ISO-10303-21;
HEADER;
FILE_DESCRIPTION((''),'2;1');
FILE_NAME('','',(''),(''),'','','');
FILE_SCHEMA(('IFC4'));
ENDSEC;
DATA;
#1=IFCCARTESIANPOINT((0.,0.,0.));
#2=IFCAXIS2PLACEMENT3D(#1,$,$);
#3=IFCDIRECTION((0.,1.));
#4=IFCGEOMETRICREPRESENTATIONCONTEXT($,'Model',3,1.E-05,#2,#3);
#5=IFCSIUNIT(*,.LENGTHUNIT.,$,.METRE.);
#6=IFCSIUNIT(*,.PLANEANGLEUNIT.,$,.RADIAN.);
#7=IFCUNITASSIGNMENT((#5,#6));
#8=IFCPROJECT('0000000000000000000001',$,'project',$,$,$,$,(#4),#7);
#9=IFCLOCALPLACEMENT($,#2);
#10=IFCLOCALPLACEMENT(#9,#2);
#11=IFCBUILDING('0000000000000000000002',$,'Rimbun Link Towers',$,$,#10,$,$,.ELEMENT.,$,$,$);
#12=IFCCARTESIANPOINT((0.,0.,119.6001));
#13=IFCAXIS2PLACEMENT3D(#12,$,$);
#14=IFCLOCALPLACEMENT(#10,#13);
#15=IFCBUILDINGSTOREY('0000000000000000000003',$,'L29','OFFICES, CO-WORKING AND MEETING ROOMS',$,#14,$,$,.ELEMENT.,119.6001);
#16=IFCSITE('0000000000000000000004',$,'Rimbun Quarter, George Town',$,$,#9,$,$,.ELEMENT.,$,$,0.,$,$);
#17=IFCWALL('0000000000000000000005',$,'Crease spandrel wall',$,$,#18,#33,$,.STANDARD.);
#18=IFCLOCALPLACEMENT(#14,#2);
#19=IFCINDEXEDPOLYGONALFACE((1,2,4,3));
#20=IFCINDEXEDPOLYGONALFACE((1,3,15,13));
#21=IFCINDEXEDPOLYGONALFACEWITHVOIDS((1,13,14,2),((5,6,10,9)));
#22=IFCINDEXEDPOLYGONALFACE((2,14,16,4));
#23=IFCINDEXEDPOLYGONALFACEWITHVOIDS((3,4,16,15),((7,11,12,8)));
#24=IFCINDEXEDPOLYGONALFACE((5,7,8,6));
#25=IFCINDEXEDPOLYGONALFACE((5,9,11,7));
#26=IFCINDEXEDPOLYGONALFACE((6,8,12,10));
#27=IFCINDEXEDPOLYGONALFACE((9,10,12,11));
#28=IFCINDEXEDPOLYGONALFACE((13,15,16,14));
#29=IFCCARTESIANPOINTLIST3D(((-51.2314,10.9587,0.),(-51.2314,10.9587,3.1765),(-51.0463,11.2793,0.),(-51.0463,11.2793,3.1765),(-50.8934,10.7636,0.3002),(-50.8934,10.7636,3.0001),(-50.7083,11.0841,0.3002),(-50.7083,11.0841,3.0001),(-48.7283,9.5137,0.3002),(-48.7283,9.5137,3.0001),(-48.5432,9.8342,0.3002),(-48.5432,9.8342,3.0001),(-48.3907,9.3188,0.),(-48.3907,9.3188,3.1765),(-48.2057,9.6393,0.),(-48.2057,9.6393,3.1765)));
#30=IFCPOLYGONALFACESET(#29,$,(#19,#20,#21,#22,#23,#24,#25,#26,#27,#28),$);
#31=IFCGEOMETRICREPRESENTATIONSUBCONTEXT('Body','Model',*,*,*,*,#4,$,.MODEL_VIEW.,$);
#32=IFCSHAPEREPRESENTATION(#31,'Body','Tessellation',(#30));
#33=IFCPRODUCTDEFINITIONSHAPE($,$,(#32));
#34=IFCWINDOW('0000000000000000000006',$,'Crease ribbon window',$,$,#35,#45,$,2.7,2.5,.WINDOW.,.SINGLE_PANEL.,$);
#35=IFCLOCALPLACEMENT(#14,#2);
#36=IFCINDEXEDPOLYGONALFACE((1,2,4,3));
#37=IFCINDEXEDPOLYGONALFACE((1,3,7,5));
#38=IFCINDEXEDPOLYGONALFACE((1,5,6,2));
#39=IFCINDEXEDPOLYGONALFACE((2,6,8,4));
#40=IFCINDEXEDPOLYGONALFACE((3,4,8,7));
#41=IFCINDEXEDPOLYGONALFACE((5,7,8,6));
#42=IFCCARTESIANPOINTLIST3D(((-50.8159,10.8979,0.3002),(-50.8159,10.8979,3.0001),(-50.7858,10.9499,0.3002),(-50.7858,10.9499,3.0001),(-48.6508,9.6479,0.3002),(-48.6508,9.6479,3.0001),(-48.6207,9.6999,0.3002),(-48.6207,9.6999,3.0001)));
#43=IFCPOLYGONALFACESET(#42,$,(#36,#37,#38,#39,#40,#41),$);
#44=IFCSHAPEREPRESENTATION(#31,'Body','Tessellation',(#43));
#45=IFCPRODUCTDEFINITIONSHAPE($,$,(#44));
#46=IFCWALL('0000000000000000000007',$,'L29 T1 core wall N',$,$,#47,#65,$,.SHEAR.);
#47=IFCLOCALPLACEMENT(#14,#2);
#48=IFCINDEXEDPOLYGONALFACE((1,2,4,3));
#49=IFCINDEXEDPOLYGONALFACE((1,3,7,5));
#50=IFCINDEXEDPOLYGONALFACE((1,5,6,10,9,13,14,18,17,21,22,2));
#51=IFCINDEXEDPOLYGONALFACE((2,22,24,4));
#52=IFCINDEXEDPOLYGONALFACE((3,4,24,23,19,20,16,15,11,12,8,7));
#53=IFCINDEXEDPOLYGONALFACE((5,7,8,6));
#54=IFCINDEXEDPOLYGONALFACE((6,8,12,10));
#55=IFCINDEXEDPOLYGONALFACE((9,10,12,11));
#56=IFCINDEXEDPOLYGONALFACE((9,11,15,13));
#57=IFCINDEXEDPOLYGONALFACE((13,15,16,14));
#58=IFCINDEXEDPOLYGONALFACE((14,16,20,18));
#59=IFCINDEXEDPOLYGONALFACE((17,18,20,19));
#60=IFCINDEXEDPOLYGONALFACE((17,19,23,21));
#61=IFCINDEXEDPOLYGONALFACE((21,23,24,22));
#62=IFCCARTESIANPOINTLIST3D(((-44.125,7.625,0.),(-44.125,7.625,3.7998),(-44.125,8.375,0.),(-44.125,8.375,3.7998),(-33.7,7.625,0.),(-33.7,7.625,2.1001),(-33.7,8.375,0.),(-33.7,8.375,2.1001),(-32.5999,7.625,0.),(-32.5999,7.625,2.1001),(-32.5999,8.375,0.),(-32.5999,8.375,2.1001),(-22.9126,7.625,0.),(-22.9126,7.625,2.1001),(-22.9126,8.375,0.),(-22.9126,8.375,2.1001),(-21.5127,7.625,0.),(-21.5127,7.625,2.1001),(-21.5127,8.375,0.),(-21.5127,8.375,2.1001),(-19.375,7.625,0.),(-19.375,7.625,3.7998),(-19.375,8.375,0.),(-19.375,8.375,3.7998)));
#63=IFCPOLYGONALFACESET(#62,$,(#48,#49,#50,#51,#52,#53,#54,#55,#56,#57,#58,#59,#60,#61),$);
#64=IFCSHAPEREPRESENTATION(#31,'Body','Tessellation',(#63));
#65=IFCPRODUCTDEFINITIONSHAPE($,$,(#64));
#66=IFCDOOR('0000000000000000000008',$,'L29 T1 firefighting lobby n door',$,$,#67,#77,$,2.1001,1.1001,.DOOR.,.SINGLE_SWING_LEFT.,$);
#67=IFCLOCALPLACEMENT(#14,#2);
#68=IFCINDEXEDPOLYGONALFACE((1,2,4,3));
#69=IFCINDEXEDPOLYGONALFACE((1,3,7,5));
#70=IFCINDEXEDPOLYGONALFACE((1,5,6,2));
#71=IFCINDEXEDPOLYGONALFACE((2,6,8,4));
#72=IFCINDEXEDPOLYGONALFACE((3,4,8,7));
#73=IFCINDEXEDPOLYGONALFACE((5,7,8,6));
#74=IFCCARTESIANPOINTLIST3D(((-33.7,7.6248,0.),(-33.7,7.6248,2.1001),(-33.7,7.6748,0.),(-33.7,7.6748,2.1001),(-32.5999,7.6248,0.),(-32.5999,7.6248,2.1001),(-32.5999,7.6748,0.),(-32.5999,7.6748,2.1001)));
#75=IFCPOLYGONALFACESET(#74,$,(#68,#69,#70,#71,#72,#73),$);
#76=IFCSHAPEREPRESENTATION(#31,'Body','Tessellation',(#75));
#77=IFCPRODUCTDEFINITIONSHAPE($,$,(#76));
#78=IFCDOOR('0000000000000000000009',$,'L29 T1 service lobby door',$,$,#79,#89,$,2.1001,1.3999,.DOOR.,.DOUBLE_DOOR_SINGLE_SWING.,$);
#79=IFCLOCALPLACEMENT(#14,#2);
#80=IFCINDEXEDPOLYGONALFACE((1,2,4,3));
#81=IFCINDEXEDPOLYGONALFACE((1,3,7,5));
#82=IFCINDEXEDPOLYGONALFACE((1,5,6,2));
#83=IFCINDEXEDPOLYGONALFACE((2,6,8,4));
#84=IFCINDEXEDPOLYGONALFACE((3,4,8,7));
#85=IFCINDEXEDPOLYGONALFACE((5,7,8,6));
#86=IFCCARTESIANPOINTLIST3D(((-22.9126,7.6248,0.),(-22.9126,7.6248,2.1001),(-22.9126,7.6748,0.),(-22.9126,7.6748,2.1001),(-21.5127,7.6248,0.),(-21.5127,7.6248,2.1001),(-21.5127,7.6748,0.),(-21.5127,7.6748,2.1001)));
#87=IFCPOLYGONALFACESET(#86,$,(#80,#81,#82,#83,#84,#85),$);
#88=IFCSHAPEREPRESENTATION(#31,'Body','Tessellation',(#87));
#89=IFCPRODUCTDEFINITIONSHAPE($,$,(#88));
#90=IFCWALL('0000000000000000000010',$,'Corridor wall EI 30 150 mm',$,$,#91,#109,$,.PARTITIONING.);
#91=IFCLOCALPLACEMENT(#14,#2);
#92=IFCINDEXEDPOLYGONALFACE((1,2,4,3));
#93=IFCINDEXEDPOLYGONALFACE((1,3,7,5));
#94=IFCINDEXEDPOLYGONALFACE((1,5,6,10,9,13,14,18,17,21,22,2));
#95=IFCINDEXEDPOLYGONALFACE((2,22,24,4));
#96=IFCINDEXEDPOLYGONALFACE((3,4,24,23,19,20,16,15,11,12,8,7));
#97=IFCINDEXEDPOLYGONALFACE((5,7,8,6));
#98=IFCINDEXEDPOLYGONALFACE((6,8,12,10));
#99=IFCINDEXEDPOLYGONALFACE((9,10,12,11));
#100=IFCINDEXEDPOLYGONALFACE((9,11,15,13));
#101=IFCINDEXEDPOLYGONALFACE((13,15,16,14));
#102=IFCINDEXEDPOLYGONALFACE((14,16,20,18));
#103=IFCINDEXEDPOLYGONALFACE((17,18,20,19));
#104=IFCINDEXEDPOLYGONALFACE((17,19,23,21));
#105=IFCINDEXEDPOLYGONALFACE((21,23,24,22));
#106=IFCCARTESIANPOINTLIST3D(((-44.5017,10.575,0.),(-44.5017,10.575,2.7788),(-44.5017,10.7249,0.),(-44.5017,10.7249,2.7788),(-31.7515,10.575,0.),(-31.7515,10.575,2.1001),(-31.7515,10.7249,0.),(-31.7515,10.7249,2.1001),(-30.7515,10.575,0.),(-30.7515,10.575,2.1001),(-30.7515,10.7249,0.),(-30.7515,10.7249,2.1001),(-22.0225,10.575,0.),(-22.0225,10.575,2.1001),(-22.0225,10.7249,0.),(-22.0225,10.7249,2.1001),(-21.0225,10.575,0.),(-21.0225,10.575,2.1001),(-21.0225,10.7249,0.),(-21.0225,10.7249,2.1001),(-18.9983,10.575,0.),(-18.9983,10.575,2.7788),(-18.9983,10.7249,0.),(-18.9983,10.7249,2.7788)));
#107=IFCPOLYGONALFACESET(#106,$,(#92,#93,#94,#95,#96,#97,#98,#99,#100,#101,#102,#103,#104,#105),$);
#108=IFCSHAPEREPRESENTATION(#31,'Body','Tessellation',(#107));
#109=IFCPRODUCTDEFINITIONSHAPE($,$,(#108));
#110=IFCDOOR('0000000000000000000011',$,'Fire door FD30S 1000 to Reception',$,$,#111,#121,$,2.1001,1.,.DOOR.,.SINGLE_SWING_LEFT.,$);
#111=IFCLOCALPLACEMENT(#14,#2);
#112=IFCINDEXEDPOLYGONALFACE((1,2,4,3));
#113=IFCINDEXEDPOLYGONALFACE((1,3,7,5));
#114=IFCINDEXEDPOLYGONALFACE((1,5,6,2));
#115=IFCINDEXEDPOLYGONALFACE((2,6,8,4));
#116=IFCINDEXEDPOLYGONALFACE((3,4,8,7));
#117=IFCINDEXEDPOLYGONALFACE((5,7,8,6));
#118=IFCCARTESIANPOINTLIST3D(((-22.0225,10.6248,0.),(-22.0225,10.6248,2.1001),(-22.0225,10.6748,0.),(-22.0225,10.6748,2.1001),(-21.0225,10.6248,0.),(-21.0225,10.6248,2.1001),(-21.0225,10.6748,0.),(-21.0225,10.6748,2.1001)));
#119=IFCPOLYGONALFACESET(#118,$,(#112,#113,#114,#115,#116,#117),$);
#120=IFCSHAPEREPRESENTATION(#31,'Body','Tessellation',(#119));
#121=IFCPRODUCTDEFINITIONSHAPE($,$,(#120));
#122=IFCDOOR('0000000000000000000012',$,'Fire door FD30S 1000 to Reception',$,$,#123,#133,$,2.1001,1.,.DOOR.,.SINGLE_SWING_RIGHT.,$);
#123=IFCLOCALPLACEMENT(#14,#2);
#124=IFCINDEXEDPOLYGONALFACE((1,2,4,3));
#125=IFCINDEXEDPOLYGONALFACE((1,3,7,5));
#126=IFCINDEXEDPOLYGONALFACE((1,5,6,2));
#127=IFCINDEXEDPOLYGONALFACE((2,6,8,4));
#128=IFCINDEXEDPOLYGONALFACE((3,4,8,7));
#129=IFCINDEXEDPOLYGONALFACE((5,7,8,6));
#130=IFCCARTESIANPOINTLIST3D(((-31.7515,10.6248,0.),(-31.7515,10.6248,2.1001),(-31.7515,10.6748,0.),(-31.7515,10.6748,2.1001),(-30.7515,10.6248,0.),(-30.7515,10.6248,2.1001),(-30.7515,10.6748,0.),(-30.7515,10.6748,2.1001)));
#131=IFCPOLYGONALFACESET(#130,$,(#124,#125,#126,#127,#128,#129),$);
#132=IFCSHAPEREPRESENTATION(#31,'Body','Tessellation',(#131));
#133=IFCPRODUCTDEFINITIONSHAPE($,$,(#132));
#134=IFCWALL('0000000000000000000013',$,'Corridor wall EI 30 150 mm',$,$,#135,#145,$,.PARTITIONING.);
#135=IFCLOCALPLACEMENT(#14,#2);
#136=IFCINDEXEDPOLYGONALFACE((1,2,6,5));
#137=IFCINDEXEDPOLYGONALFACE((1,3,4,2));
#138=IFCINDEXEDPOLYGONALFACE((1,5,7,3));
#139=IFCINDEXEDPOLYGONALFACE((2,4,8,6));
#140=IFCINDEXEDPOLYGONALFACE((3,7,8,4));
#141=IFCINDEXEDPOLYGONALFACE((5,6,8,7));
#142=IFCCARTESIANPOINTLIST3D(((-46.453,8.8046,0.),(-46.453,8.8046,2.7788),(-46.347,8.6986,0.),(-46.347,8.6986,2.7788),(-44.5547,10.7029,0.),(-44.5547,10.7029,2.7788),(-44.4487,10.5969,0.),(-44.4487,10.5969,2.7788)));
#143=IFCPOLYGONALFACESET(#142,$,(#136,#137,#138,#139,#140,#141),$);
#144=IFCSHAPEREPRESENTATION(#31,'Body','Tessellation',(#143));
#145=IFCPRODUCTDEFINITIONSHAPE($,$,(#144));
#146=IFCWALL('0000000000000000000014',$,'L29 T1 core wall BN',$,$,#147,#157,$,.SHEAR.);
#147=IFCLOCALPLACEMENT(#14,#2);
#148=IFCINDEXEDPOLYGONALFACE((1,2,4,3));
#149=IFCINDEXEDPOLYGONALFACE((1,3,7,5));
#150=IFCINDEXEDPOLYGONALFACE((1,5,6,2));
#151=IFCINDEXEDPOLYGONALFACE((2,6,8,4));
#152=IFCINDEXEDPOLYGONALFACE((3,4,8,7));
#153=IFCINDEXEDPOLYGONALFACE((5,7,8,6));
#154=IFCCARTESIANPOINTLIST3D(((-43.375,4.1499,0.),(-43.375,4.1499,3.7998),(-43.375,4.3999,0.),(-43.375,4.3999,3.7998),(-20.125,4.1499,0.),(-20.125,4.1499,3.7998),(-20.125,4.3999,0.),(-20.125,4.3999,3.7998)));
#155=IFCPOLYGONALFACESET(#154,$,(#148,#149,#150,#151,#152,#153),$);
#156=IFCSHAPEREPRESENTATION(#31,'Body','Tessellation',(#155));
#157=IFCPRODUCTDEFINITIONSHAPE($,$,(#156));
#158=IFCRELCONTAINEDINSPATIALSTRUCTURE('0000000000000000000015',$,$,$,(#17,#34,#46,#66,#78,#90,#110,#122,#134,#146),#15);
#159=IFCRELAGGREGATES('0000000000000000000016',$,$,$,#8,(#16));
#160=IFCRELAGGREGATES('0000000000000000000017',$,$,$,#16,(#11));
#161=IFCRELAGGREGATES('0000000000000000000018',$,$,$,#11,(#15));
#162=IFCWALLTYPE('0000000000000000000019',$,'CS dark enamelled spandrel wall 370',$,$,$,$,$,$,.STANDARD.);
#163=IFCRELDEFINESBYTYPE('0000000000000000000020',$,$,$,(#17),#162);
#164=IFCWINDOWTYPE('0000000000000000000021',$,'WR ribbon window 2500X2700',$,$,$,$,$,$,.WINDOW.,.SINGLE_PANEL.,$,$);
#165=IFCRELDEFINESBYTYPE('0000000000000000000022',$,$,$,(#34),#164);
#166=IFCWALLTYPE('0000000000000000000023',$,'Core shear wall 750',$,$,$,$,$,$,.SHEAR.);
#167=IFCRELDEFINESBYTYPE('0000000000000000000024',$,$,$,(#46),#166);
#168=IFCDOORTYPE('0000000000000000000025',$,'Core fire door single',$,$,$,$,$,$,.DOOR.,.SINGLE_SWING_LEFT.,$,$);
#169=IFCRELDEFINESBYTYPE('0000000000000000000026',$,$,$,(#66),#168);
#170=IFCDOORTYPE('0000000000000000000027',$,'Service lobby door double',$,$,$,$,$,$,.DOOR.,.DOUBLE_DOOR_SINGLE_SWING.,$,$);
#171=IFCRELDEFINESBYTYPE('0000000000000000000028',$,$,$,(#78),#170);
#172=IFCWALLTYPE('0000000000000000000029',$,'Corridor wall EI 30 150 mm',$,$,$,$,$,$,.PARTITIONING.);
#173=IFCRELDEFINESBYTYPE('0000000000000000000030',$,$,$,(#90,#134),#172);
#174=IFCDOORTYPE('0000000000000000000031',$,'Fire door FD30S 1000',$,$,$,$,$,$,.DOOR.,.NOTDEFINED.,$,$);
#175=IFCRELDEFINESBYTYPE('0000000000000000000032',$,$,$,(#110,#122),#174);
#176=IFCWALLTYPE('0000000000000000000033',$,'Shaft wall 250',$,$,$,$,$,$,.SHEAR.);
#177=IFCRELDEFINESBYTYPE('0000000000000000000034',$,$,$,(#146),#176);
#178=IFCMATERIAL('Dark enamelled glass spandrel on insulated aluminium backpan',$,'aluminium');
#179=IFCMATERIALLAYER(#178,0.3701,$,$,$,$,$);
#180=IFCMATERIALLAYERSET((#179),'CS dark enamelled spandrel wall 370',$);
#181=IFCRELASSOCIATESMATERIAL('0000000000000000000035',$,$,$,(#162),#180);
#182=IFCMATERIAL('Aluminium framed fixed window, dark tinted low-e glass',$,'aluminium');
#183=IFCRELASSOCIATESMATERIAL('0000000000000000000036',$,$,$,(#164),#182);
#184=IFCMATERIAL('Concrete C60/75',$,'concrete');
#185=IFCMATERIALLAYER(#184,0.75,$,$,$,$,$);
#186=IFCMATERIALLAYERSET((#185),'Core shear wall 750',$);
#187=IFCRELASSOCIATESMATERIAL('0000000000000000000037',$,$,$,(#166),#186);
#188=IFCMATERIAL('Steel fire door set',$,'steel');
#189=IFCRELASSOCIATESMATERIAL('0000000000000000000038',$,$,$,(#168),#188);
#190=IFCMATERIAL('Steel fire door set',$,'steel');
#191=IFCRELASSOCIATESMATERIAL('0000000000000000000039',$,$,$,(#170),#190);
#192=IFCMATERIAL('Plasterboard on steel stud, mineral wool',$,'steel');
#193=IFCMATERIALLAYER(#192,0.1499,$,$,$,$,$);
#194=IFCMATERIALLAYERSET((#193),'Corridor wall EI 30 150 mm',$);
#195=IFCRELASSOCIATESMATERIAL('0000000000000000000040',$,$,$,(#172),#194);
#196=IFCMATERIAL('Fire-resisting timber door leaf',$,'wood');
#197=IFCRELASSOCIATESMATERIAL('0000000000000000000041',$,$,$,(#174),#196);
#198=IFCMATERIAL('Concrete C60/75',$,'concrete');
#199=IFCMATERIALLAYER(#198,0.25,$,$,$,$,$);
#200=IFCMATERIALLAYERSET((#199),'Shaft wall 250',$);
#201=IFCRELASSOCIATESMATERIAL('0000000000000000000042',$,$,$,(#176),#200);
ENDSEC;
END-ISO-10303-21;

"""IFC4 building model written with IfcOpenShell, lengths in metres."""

from ifc_helpers import new_model, si_unit, direction, frame, frame_2d, origin, place, context, subcontext, project, spatial, rectangle, extrude, material, layer, layer_set, type_object, element, fill, save


model = new_model("IFC4")

# Units and contexts
model_context = context("Model", 3, precision=1e-05, world=origin(), true_north=direction((0.0, 1.0)))
body_context = subcontext(model_context, "Body", "Model", "MODEL_VIEW")
ifc_project = project(units=[si_unit("LENGTHUNIT", "METRE"), si_unit("PLANEANGLEUNIT", "RADIAN")], contexts=[model_context])

# Site, building, storey
site_placement = place(None, origin())
site = spatial("IfcSite", under=ifc_project, at=site_placement, Name="Rimbun Quarter, George Town", CompositionType="ELEMENT", RefElevation=0.0)
building_placement = place(site_placement, origin())
building = spatial("IfcBuilding", under=site, at=building_placement, Name="Rimbun Link Towers", CompositionType="ELEMENT")
storey_placement = place(building_placement, frame((0.0, 0.0, 119.6001)))
storey = spatial("IfcBuildingStorey", under=building, at=storey_placement, Name="L29", Description="OFFICES, CO-WORKING AND MEETING ROOMS", CompositionType="ELEMENT", Elevation=119.6001)

# Wall, opening, window
ifc_material_1 = material(Name="Dark enamelled glass spandrel on insulated aluminium backpan", Category="aluminium")
ifc_layer_1 = layer(ifc_material_1, 0.3701)
ifc_layer_set_1 = layer_set([ifc_layer_1], Name="CS dark enamelled spandrel wall 370")
wall_type_1 = type_object("IfcWallType", Name="CS dark enamelled spandrel wall 370", PredefinedType="STANDARD", material=ifc_layer_set_1)
wall_1_placement = place(storey_placement, frame((-48.2981, 9.479, 0.0), z_axis=(0.0, 0.0, 1.0), x_axis=(-0.866041, 0.499974, 0.0)))
wall_1 = element("IfcWall", 1, at=wall_1_placement, inside=storey, type_object=wall_type_1, Name="Crease spandrel wall", PredefinedType="STANDARD", context=body_context, shape_type="SweptSolid", body=[
    extrude(rectangle(XDim=3.28, YDim=0.3701, at=frame_2d((1.6401, 0.0))), origin(), (0.0, 0.0, 1.0), 3.1765),
])
opening_1_placement = place(wall_1_placement, frame((0.3899, 0.0, 0.3)))
opening_1 = element("IfcOpeningElement", 2, at=opening_1_placement, cuts=wall_1, PredefinedType="OPENING", context=body_context, shape_type="SweptSolid", body=[
    extrude(rectangle(XDim=2.5, YDim=2.7, at=frame_2d((1.25, 1.3501))), frame((0.0, 0.1951, 0.0), z_axis=(0.0, -1.0, 0.0), x_axis=(1.0, 0.0, 0.0)), (0.0, 0.0, 1.0), 0.3901),
])
ifc_material_2 = material(Name="Aluminium framed fixed window, dark tinted low-e glass", Category="aluminium")
window_type_1 = type_object("IfcWindowType", Name="WR ribbon window 2500X2700", PartitioningType="SINGLE_PANEL", PredefinedType="WINDOW", material=ifc_material_2)
window_1_placement = place(opening_1_placement, origin())
window_1 = element("IfcWindow", 3, at=window_1_placement, inside=storey, type_object=window_type_1, Name="Crease ribbon window", OverallHeight=2.7, OverallWidth=2.5, PartitioningType="SINGLE_PANEL", PredefinedType="WINDOW", context=body_context, shape_type="SweptSolid", body=[
    extrude(rectangle(XDim=2.5, YDim=2.7, at=frame_2d((1.25, 1.3501))), frame((0.0, 0.03, 0.0), z_axis=(0.0, -1.0, 0.0), x_axis=(1.0, 0.0, 0.0)), (0.0, 0.0, 1.0), 0.0601),
])
fill(opening_1, window_1)

# Walls, openings, doors
ifc_material_3 = material(Name="Concrete C60/75", Category="concrete")
ifc_layer_2 = layer(ifc_material_3, 0.75)
ifc_layer_set_2 = layer_set([ifc_layer_2], Name="Core shear wall 750")
wall_type_2 = type_object("IfcWallType", Name="Core shear wall 750", PredefinedType="SHEAR", material=ifc_layer_set_2)
wall_2_placement = place(storey_placement, frame((-44.125, 8.0, 0.0), z_axis=(0.0, 0.0, 1.0), x_axis=(1.0, 0.0, 0.0)))
wall_2 = element("IfcWall", 4, at=wall_2_placement, inside=storey, type_object=wall_type_2, Name="L29 T1 core wall N", PredefinedType="SHEAR", context=body_context, shape_type="SweptSolid", body=[
    extrude(rectangle(XDim=24.75, YDim=0.75, at=frame_2d((12.375, 0.0))), origin(), (0.0, 0.0, 1.0), 3.7998),
])
opening_2_placement = place(wall_2_placement, frame((10.425, 0.0, 0.0)))
opening_2 = element("IfcOpeningElement", 5, at=opening_2_placement, cuts=wall_2, PredefinedType="OPENING", context=body_context, shape_type="SweptSolid", body=[
    extrude(rectangle(XDim=1.1001, YDim=2.1001, at=frame_2d((0.55, 1.05))), frame((0.0, 0.385, 0.0), z_axis=(0.0, -1.0, 0.0), x_axis=(1.0, 0.0, 0.0)), (0.0, 0.0, 1.0), 0.77),
])
opening_3_placement = place(wall_2_placement, frame((21.2124, 0.0, 0.0)))
opening_3 = element("IfcOpeningElement", 6, at=opening_3_placement, cuts=wall_2, PredefinedType="OPENING", context=body_context, shape_type="SweptSolid", body=[
    extrude(rectangle(XDim=1.3999, YDim=2.1001, at=frame_2d((0.7, 1.05))), frame((0.0, 0.385, 0.0), z_axis=(0.0, -1.0, 0.0), x_axis=(1.0, 0.0, 0.0)), (0.0, 0.0, 1.0), 0.77),
])
ifc_material_4 = material(Name="Steel fire door set", Category="steel")
door_type_1 = type_object("IfcDoorType", Name="Core fire door single", OperationType="SINGLE_SWING_LEFT", PredefinedType="DOOR", material=ifc_material_4)
door_1_placement = place(opening_2_placement, origin())
door_1 = element("IfcDoor", 7, at=door_1_placement, inside=storey, type_object=door_type_1, Name="L29 T1 firefighting lobby n door", OperationType="SINGLE_SWING_LEFT", OverallHeight=2.1001, OverallWidth=1.1001, PredefinedType="DOOR", context=body_context, shape_type="SweptSolid", body=[
    extrude(rectangle(XDim=1.1001, YDim=2.1001, at=frame_2d((0.55, 1.05))), frame((0.0, -0.3252, 0.0), z_axis=(0.0, -1.0, 0.0), x_axis=(1.0, 0.0, 0.0)), (0.0, 0.0, 1.0), 0.05),
])
fill(opening_2, door_1)
ifc_material_5 = material(Name="Steel fire door set", Category="steel")
door_type_2 = type_object("IfcDoorType", Name="Service lobby door double", OperationType="DOUBLE_DOOR_SINGLE_SWING", PredefinedType="DOOR", material=ifc_material_5)
door_2_placement = place(opening_3_placement, origin())
door_2 = element("IfcDoor", 8, at=door_2_placement, inside=storey, type_object=door_type_2, Name="L29 T1 service lobby door", OperationType="DOUBLE_DOOR_SINGLE_SWING", OverallHeight=2.1001, OverallWidth=1.3999, PredefinedType="DOOR", context=body_context, shape_type="SweptSolid", body=[
    extrude(rectangle(XDim=1.3999, YDim=2.1001, at=frame_2d((0.7, 1.05))), frame((0.0, -0.3252, 0.0), z_axis=(0.0, -1.0, 0.0), x_axis=(1.0, 0.0, 0.0)), (0.0, 0.0, 1.0), 0.05),
])
fill(opening_3, door_2)
ifc_material_6 = material(Name="Plasterboard on steel stud, mineral wool", Category="steel")
ifc_layer_3 = layer(ifc_material_6, 0.1499)
ifc_layer_set_3 = layer_set([ifc_layer_3], Name="Corridor wall EI 30 150 mm")
wall_type_3 = type_object("IfcWallType", Name="Corridor wall EI 30 150 mm", PredefinedType="PARTITIONING", material=ifc_layer_set_3)
wall_3_placement = place(storey_placement, frame((-44.5017, 10.6499, 0.0), z_axis=(0.0, 0.0, 1.0), x_axis=(1.0, 0.0, 0.0)))
wall_3 = element("IfcWall", 9, at=wall_3_placement, inside=storey, type_object=wall_type_3, Name="Corridor wall EI 30 150 mm", PredefinedType="PARTITIONING", context=body_context, shape_type="SweptSolid", body=[
    extrude(rectangle(XDim=25.5034, YDim=0.1499, at=frame_2d((12.7517, 0.0))), origin(), (0.0, 0.0, 1.0), 2.7788),
])
opening_4_placement = place(wall_3_placement, frame((22.4792, 0.0, 0.0)))
opening_4 = element("IfcOpeningElement", 10, at=opening_4_placement, cuts=wall_3, PredefinedType="OPENING", context=body_context, shape_type="SweptSolid", body=[
    extrude(rectangle(XDim=1.0, YDim=2.1001, at=frame_2d((0.5, 1.05))), frame((0.0, 0.085, 0.0), z_axis=(0.0, -1.0, 0.0), x_axis=(1.0, 0.0, 0.0)), (0.0, 0.0, 1.0), 0.1699),
])
opening_5_placement = place(wall_3_placement, frame((12.7502, 0.0, 0.0)))
opening_5 = element("IfcOpeningElement", 11, at=opening_5_placement, cuts=wall_3, PredefinedType="OPENING", context=body_context, shape_type="SweptSolid", body=[
    extrude(rectangle(XDim=1.0, YDim=2.1001, at=frame_2d((0.5, 1.05))), frame((0.0, 0.085, 0.0), z_axis=(0.0, -1.0, 0.0), x_axis=(1.0, 0.0, 0.0)), (0.0, 0.0, 1.0), 0.1699),
])
ifc_material_7 = material(Name="Fire-resisting timber door leaf", Category="wood")
door_type_3 = type_object("IfcDoorType", Name="Fire door FD30S 1000", OperationType="NOTDEFINED", PredefinedType="DOOR", material=ifc_material_7)
door_3_placement = place(opening_4_placement, origin())
door_3 = element("IfcDoor", 12, at=door_3_placement, inside=storey, type_object=door_type_3, Name="Fire door FD30S 1000 to Reception", OperationType="SINGLE_SWING_LEFT", OverallHeight=2.1001, OverallWidth=1.0, PredefinedType="DOOR", context=body_context, shape_type="SweptSolid", body=[
    extrude(rectangle(XDim=1.0, YDim=2.1001, at=frame_2d((0.5, 1.05))), frame((0.0, 0.0249, 0.0), z_axis=(0.0, -1.0, 0.0), x_axis=(1.0, 0.0, 0.0)), (0.0, 0.0, 1.0), 0.05),
])
fill(opening_4, door_3)
door_4_placement = place(opening_5_placement, origin())
door_4 = element("IfcDoor", 13, at=door_4_placement, inside=storey, type_object=door_type_3, Name="Fire door FD30S 1000 to Reception", OperationType="SINGLE_SWING_RIGHT", OverallHeight=2.1001, OverallWidth=1.0, PredefinedType="DOOR", context=body_context, shape_type="SweptSolid", body=[
    extrude(rectangle(XDim=1.0, YDim=2.1001, at=frame_2d((0.5, 1.05))), frame((0.0, 0.0249, 0.0), z_axis=(0.0, -1.0, 0.0), x_axis=(1.0, 0.0, 0.0)), (0.0, 0.0, 1.0), 0.05),
])
fill(opening_5, door_4)

# Walls
wall_4_placement = place(storey_placement, frame((-44.5017, 10.6499, 0.0), z_axis=(0.0, 0.0, 1.0), x_axis=(-0.707107, -0.707107, 0.0)))
element("IfcWall", 14, at=wall_4_placement, inside=storey, type_object=wall_type_3, Name="Corridor wall EI 30 150 mm", PredefinedType="PARTITIONING", context=body_context, shape_type="SweptSolid", body=[
    extrude(rectangle(XDim=2.6846, YDim=0.1499, at=frame_2d((1.3423, 0.0))), origin(), (0.0, 0.0, 1.0), 2.7788),
])
ifc_material_8 = material(Name="Concrete C60/75", Category="concrete")
ifc_layer_4 = layer(ifc_material_8, 0.25)
ifc_layer_set_4 = layer_set([ifc_layer_4], Name="Shaft wall 250")
wall_type_4 = type_object("IfcWallType", Name="Shaft wall 250", PredefinedType="SHEAR", material=ifc_layer_set_4)
wall_5_placement = place(storey_placement, frame((-43.375, 4.2749, 0.0), z_axis=(0.0, 0.0, 1.0), x_axis=(1.0, 0.0, 0.0)))
element("IfcWall", 15, at=wall_5_placement, inside=storey, type_object=wall_type_4, Name="L29 T1 core wall BN", PredefinedType="SHEAR", context=body_context, shape_type="SweptSolid", body=[
    extrude(rectangle(XDim=23.25, YDim=0.25, at=frame_2d((11.625, 0.0))), origin(), (0.0, 0.0, 1.0), 3.7998),
])

save(model, "model.ifc")
